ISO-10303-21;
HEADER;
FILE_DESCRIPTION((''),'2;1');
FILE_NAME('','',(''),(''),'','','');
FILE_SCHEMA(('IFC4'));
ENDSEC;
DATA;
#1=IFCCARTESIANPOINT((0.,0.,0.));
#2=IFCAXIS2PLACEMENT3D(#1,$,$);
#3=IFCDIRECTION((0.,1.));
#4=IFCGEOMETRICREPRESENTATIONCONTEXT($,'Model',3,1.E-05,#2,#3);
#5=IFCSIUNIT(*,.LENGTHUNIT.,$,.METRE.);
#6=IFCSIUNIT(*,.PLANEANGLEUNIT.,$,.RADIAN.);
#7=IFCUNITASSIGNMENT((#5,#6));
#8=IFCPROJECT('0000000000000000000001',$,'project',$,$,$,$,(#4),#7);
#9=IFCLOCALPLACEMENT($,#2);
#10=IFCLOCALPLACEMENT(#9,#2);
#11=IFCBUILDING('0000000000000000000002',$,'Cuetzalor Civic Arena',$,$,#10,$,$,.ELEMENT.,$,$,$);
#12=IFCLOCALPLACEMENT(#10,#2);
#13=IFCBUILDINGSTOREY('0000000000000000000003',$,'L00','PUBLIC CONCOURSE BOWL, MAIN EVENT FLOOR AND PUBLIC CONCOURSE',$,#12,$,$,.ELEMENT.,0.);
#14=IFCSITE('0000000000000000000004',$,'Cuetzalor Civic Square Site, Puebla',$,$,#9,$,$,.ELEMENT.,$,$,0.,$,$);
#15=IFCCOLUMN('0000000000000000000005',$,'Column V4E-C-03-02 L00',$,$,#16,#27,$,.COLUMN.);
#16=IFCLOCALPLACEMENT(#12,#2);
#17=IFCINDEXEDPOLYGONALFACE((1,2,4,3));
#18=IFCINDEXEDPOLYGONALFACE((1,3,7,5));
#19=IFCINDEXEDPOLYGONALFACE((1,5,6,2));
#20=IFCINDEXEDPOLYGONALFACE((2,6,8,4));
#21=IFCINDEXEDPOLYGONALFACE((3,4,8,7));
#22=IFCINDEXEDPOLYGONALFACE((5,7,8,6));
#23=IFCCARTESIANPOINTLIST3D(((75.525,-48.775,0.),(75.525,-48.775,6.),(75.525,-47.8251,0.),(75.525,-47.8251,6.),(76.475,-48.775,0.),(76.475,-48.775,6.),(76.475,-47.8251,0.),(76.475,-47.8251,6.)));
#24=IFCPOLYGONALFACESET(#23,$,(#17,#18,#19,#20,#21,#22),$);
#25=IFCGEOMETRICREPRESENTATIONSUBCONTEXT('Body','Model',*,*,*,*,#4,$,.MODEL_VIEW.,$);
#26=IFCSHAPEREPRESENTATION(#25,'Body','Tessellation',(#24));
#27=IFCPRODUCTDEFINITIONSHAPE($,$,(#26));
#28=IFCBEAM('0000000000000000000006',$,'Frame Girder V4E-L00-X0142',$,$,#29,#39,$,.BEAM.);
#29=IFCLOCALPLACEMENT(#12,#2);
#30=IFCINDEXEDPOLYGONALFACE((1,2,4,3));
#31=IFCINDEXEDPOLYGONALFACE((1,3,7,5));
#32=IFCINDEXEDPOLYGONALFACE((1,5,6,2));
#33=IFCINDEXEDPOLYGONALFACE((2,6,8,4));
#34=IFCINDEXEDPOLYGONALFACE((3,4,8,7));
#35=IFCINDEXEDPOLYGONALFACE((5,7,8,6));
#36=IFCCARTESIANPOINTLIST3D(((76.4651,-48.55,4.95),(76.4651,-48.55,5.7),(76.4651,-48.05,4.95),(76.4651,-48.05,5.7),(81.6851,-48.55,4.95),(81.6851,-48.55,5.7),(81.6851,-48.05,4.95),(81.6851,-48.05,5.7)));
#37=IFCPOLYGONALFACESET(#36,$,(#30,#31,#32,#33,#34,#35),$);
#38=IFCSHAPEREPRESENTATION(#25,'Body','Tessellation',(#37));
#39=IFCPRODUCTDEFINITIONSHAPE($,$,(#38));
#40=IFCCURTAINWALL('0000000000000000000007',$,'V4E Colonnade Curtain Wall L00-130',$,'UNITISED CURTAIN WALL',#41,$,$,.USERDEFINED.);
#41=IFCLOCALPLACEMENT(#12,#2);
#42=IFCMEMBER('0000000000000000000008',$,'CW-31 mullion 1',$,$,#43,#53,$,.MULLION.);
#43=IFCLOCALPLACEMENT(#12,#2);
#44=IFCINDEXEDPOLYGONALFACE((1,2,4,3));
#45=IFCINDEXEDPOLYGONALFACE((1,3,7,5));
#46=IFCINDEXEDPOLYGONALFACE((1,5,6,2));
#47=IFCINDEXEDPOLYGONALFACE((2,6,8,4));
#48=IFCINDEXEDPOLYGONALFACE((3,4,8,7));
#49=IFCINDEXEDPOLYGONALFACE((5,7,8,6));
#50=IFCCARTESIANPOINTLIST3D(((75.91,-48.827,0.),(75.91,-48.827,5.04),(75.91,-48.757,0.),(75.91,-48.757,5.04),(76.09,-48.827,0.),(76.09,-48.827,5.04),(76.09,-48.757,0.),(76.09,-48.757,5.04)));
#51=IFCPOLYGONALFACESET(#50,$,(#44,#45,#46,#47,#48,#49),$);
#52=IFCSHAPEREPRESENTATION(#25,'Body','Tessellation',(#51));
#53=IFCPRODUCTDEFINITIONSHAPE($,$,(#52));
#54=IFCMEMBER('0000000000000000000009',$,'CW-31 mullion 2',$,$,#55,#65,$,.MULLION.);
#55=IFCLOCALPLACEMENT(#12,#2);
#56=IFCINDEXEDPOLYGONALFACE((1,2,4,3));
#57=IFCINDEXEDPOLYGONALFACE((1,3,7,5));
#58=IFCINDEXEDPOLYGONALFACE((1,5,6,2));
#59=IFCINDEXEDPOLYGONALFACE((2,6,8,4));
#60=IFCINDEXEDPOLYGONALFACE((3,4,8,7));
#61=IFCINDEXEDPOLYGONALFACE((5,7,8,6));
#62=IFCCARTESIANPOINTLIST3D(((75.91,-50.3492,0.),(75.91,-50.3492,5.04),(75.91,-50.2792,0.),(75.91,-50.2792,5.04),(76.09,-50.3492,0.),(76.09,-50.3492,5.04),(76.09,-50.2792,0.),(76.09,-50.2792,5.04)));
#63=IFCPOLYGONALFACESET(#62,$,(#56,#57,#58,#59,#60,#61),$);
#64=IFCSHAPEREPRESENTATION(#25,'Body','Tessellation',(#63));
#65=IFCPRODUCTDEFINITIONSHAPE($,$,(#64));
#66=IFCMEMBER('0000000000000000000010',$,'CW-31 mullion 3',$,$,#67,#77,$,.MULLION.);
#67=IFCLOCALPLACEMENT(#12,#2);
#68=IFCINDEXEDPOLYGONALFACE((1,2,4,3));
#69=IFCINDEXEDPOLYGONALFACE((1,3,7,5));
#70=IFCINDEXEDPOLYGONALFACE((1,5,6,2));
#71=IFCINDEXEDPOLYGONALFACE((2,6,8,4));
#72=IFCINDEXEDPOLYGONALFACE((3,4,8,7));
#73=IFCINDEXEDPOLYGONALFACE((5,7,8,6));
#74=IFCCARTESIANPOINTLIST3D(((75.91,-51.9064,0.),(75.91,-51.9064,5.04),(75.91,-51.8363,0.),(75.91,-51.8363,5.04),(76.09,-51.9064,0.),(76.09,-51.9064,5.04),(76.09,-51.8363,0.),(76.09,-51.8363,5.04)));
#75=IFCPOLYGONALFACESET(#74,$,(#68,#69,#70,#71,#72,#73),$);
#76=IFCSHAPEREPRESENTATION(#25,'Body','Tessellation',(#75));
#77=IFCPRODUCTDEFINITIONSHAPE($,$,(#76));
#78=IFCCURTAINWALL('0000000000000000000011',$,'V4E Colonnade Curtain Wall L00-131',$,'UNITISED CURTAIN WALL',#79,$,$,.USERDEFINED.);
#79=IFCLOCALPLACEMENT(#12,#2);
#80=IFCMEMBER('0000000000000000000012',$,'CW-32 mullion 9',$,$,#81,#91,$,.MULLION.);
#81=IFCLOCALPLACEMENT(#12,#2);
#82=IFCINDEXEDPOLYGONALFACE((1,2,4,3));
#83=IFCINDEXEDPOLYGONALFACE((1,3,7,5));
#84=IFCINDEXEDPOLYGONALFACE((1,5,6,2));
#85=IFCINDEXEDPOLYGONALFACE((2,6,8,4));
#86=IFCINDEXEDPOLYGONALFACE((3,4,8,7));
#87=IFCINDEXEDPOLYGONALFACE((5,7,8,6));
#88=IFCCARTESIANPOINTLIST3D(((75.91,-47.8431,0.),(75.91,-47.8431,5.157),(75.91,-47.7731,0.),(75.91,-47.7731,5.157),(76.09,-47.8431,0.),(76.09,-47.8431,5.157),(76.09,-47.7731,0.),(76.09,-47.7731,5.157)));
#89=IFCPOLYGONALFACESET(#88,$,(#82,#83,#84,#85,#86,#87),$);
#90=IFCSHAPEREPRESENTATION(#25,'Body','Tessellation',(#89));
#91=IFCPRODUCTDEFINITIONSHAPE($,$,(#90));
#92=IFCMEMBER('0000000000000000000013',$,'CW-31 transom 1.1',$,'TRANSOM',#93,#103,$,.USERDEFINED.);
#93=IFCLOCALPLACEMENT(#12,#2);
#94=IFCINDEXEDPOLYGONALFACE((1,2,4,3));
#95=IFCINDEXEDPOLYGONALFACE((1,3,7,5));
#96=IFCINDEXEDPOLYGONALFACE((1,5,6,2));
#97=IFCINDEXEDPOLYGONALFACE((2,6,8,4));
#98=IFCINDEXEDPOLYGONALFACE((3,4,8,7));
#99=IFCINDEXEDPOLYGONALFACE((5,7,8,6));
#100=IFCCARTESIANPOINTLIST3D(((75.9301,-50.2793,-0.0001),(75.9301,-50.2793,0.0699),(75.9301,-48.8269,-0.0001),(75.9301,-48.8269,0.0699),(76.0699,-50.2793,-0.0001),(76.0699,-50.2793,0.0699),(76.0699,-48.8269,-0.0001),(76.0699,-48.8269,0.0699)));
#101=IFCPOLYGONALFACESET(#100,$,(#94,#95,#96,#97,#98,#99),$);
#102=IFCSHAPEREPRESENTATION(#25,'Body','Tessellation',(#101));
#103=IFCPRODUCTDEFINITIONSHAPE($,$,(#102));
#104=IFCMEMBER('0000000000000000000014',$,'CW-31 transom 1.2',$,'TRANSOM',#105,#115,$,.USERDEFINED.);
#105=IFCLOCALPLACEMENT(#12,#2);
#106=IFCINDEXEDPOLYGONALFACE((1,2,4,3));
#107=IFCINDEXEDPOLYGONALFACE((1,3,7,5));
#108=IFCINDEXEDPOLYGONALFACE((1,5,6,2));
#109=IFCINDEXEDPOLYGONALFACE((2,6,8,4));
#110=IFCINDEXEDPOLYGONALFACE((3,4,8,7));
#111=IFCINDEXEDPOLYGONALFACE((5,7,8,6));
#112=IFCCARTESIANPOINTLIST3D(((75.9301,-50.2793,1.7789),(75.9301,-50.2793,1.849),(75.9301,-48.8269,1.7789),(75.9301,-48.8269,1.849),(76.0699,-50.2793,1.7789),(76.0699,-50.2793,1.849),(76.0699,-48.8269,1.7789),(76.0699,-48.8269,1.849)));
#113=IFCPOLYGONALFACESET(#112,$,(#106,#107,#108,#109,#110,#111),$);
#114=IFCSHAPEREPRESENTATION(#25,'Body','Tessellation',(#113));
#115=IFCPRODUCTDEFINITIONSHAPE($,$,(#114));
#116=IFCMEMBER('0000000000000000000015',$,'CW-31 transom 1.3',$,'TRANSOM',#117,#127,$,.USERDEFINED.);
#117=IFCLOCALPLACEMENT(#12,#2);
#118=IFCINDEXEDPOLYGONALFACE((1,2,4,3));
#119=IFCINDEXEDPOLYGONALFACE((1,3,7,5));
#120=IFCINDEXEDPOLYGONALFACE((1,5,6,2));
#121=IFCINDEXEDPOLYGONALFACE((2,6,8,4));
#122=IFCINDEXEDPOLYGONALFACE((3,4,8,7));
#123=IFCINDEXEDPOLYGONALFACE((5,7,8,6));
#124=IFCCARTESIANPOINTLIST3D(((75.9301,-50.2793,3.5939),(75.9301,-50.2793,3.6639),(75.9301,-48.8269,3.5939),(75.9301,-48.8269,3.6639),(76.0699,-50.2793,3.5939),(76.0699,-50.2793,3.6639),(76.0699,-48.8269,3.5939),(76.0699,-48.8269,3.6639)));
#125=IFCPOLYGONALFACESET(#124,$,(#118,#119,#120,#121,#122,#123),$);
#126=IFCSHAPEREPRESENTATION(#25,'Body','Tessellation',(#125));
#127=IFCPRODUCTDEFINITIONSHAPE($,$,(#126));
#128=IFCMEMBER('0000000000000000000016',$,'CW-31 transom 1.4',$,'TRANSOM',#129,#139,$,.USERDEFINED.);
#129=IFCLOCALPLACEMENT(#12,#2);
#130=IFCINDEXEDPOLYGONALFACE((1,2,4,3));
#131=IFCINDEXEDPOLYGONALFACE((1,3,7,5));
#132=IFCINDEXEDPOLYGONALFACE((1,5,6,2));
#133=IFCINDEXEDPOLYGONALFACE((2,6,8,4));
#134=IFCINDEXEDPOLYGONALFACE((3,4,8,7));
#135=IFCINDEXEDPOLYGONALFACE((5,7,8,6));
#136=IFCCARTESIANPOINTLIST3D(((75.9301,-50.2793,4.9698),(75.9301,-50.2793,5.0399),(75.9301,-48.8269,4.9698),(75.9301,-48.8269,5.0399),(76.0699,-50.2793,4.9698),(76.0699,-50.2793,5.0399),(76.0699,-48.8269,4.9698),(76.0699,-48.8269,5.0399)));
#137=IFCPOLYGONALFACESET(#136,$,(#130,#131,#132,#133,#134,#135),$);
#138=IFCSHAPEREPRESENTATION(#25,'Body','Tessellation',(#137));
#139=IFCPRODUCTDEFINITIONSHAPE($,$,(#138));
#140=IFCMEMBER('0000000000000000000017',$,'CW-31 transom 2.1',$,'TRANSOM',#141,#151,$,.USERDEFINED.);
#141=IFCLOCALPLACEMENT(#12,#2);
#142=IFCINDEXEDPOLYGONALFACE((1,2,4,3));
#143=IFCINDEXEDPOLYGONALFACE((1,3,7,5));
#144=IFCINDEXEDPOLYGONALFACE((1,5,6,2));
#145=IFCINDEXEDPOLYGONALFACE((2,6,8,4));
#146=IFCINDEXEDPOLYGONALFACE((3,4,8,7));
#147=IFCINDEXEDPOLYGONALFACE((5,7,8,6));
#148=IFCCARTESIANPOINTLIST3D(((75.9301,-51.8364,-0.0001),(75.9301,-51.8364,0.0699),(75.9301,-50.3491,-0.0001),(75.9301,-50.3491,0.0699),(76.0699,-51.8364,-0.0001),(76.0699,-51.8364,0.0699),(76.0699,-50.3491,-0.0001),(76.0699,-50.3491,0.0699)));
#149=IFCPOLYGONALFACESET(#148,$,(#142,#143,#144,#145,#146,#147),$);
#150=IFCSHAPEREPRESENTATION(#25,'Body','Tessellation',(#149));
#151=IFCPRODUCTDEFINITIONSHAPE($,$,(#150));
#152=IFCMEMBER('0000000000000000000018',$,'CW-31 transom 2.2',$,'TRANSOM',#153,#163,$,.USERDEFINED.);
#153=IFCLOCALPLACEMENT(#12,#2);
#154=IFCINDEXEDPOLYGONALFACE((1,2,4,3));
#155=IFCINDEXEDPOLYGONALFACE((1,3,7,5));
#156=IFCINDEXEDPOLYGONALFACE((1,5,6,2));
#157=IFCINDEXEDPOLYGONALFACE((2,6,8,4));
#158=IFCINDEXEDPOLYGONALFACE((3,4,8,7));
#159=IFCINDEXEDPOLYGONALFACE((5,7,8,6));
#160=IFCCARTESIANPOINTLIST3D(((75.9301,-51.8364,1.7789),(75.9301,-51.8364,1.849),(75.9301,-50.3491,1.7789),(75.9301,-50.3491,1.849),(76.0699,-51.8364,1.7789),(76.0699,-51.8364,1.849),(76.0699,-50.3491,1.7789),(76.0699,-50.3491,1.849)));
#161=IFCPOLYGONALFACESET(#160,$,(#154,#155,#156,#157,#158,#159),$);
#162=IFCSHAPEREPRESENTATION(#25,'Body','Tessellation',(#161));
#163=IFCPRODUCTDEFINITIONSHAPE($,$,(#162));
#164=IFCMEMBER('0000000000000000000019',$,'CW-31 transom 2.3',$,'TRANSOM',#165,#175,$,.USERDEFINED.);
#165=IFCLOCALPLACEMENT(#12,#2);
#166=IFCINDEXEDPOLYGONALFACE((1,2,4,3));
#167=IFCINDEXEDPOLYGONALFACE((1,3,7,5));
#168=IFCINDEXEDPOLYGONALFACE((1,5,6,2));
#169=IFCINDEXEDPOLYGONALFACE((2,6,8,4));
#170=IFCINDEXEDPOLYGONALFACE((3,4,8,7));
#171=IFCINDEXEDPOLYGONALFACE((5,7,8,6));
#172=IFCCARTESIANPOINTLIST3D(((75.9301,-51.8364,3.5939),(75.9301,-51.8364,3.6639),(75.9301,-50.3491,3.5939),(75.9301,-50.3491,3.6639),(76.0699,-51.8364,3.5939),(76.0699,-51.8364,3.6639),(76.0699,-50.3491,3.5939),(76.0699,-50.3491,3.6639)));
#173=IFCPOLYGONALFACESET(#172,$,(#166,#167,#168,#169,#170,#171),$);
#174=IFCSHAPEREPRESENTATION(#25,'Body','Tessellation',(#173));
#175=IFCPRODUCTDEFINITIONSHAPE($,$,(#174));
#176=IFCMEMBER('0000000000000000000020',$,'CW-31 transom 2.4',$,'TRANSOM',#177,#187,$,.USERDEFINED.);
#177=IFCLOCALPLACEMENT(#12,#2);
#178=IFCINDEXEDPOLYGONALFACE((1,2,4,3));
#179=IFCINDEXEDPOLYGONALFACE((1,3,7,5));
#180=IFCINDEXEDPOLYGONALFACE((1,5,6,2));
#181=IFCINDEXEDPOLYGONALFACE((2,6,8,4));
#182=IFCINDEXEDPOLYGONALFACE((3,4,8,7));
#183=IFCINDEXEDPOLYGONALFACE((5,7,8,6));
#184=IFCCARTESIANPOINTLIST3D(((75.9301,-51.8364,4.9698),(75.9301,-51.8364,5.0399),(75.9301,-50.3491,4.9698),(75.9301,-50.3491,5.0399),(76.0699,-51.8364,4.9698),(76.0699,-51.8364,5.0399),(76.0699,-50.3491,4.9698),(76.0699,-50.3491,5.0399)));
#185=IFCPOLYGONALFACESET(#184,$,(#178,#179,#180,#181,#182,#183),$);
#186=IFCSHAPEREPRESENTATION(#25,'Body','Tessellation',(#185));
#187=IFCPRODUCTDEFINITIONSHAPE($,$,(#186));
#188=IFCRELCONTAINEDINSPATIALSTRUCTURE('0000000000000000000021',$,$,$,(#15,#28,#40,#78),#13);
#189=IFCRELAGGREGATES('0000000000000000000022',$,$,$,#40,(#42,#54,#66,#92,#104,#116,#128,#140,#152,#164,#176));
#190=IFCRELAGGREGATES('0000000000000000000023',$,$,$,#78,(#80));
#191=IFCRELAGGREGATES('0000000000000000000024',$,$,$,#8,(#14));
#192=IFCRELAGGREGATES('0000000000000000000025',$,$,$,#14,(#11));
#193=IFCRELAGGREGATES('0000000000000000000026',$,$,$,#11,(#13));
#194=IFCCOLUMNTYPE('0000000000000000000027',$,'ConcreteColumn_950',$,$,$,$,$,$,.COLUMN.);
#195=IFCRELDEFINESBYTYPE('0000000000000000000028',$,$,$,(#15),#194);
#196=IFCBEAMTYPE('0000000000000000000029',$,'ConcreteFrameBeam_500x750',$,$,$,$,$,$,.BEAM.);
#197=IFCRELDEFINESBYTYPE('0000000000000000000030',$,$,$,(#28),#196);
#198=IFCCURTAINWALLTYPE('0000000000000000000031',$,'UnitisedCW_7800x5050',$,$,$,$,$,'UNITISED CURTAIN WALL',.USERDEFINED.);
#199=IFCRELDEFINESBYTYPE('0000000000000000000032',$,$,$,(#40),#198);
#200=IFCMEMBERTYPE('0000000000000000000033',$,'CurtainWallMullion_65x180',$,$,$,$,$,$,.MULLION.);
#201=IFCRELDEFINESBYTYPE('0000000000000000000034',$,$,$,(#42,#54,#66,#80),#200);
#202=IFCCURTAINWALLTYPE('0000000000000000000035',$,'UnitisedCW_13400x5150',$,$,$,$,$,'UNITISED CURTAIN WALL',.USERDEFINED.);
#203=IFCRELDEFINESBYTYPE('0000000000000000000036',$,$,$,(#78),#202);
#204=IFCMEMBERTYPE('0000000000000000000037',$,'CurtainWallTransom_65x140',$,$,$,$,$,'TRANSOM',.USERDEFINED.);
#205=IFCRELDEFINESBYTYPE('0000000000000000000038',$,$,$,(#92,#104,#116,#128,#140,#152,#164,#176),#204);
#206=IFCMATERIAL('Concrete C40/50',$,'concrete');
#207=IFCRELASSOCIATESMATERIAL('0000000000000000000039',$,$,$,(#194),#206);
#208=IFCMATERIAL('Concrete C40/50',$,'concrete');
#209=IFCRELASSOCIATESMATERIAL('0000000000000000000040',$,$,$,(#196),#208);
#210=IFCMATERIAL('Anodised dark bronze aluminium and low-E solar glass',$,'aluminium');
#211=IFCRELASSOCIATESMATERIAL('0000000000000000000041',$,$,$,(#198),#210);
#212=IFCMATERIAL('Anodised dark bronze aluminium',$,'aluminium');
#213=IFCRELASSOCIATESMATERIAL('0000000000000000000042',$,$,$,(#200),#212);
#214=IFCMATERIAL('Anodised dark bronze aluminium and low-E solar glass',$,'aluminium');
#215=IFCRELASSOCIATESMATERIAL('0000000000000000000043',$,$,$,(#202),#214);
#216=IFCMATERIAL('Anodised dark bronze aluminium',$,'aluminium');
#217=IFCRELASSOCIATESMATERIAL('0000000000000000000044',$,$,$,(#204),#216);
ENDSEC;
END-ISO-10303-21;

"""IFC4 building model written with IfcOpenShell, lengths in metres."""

from ifc_helpers import new_model, si_unit, direction, frame, origin, origin_2d, place, context, subcontext, project, spatial, rectangle, extrude, material, material_profile, profile_set, type_object, element, aggregate, save


model = new_model("IFC4")

# Units and contexts
model_context = context("Model", 3, precision=1e-05, world=origin(), true_north=direction((0.0, 1.0)))
body_context = subcontext(model_context, "Body", "Model", "MODEL_VIEW")
ifc_project = project(units=[si_unit("LENGTHUNIT", "METRE"), si_unit("PLANEANGLEUNIT", "RADIAN")], contexts=[model_context])

# Site, building, storey
site_placement = place(None, origin())
site = spatial("IfcSite", under=ifc_project, at=site_placement, Name="Cuetzalor Civic Square Site, Puebla", CompositionType="ELEMENT", RefElevation=0.0)
building_placement = place(site_placement, origin())
building = spatial("IfcBuilding", under=site, at=building_placement, Name="Cuetzalor Civic Arena", CompositionType="ELEMENT")
storey_placement = place(building_placement, origin())
storey = spatial("IfcBuildingStorey", under=building, at=storey_placement, Name="L00", Description="PUBLIC CONCOURSE BOWL, MAIN EVENT FLOOR AND PUBLIC CONCOURSE", CompositionType="ELEMENT", Elevation=0.0)

# Column
ifc_material_1 = material(Name="Concrete C40/50", Category="concrete")
ifc_material_profile_1 = material_profile(ifc_material_1, rectangle(XDim=0.95, YDim=0.95, at=origin_2d()), Name="RC 950x950")
ifc_profile_set_1 = profile_set([ifc_material_profile_1], Name="Concrete C40/50")
column_type_1 = type_object("IfcColumnType", Name="ConcreteColumn_950", PredefinedType="COLUMN", material=ifc_profile_set_1)
column_1_placement = place(storey_placement, frame((76.0, -48.3, 0.0), z_axis=(0.0, 0.0, 1.0), x_axis=(1.0, 0.0, 0.0)))
element("IfcColumn", 1, at=column_1_placement, inside=storey, type_object=column_type_1, Name="Column V4E-C-03-02 L00", PredefinedType="COLUMN", context=body_context, shape_type="SweptSolid", body=[
    extrude(rectangle(XDim=0.95, YDim=0.95, at=origin_2d()), origin(), (0.0, 0.0, 1.0), 6.0),
])

# Beam
ifc_material_2 = material(Name="Concrete C40/50", Category="concrete")
ifc_material_profile_2 = material_profile(ifc_material_2, rectangle(XDim=0.5, YDim=0.75, at=origin_2d()), Name="RC 500x750")
ifc_profile_set_2 = profile_set([ifc_material_profile_2], Name="Concrete C40/50")
beam_type_1 = type_object("IfcBeamType", Name="ConcreteFrameBeam_500x750", PredefinedType="BEAM", material=ifc_profile_set_2)
beam_1_placement = place(storey_placement, frame((76.4651, -48.3, 5.325), z_axis=(1.0, 0.0, 0.0), x_axis=(0.0, 1.0, 0.0)))
element("IfcBeam", 2, at=beam_1_placement, inside=storey, type_object=beam_type_1, Name="Frame Girder V4E-L00-X0142", PredefinedType="BEAM", context=body_context, shape_type="SweptSolid", body=[
    extrude(rectangle(XDim=0.5, YDim=0.75, at=origin_2d()), origin(), (0.0, 0.0, 1.0), 5.22),
])

# Curtain wall, members
ifc_material_3 = material(Name="Anodised dark bronze aluminium and low-E solar glass", Category="aluminium")
curtain_wall_type_1 = type_object("IfcCurtainWallType", Name="UnitisedCW_7800x5050", ElementType="UNITISED CURTAIN WALL", PredefinedType="USERDEFINED", material=ifc_material_3)
curtain_wall_1_placement = place(storey_placement, origin())
curtain_wall_1 = element("IfcCurtainWall", 3, at=curtain_wall_1_placement, inside=storey, type_object=curtain_wall_type_1, Name="V4E Colonnade Curtain Wall L00-130", ObjectType="UNITISED CURTAIN WALL", PredefinedType="USERDEFINED")
ifc_material_4 = material(Name="Anodised dark bronze aluminium", Category="aluminium")
ifc_material_profile_3 = material_profile(ifc_material_4, rectangle(XDim=0.0701, YDim=0.1799, at=origin_2d()), Name="ALU MULLION 70x180")
ifc_profile_set_3 = profile_set([ifc_material_profile_3], Name="Anodised dark bronze aluminium")
member_type_1 = type_object("IfcMemberType", Name="CurtainWallMullion_65x180", PredefinedType="MULLION", material=ifc_profile_set_3)
member_1_placement = place(storey_placement, frame((76.0, -48.792, 0.0), z_axis=(0.0, 0.0, 1.0), x_axis=(0.0, -1.0, 0.0)))
member_1 = element("IfcMember", 4, at=member_1_placement, type_object=member_type_1, Name="CW-31 mullion 1", PredefinedType="MULLION", context=body_context, shape_type="SweptSolid", body=[
    extrude(rectangle(XDim=0.0701, YDim=0.1799, at=origin_2d()), origin(), (0.0, 0.0, 1.0), 5.04),
])
member_2_placement = place(storey_placement, frame((76.0, -50.3142, 0.0), z_axis=(0.0, 0.0, 1.0), x_axis=(0.0, -1.0, 0.0)))
member_2 = element("IfcMember", 5, at=member_2_placement, type_object=member_type_1, Name="CW-31 mullion 2", PredefinedType="MULLION", context=body_context, shape_type="SweptSolid", body=[
    extrude(rectangle(XDim=0.0701, YDim=0.1799, at=origin_2d()), origin(), (0.0, 0.0, 1.0), 5.04),
])
member_3_placement = place(storey_placement, frame((76.0, -51.8713, 0.0), z_axis=(0.0, 0.0, 1.0), x_axis=(0.0, -1.0, 0.0)))
member_3 = element("IfcMember", 6, at=member_3_placement, type_object=member_type_1, Name="CW-31 mullion 3", PredefinedType="MULLION", context=body_context, shape_type="SweptSolid", body=[
    extrude(rectangle(XDim=0.0701, YDim=0.1799, at=origin_2d()), origin(), (0.0, 0.0, 1.0), 5.04),
])

# Curtain wall, member
ifc_material_5 = material(Name="Anodised dark bronze aluminium and low-E solar glass", Category="aluminium")
curtain_wall_type_2 = type_object("IfcCurtainWallType", Name="UnitisedCW_13400x5150", ElementType="UNITISED CURTAIN WALL", PredefinedType="USERDEFINED", material=ifc_material_5)
curtain_wall_2_placement = place(storey_placement, origin())
curtain_wall_2 = element("IfcCurtainWall", 7, at=curtain_wall_2_placement, inside=storey, type_object=curtain_wall_type_2, Name="V4E Colonnade Curtain Wall L00-131", ObjectType="UNITISED CURTAIN WALL", PredefinedType="USERDEFINED")
member_4_placement = place(storey_placement, frame((76.0, -47.8081, 0.0), z_axis=(0.0, 0.0, 1.0), x_axis=(0.0, -1.0, 0.0)))
member_4 = element("IfcMember", 8, at=member_4_placement, type_object=member_type_1, Name="CW-32 mullion 9", PredefinedType="MULLION", context=body_context, shape_type="SweptSolid", body=[
    extrude(rectangle(XDim=0.0701, YDim=0.1799, at=origin_2d()), origin(), (0.0, 0.0, 1.0), 5.157),
])

# Members
ifc_material_6 = material(Name="Anodised dark bronze aluminium", Category="aluminium")
ifc_material_profile_4 = material_profile(ifc_material_6, rectangle(XDim=0.1399, YDim=0.0701, at=origin_2d()), Name="ALU TRANSOM 70x140")
ifc_profile_set_4 = profile_set([ifc_material_profile_4], Name="Anodised dark bronze aluminium")
member_type_2 = type_object("IfcMemberType", Name="CurtainWallTransom_65x140", ElementType="TRANSOM", PredefinedType="USERDEFINED", material=ifc_profile_set_4)
member_5_placement = place(storey_placement, frame((76.0, -48.8269, 0.0349), z_axis=(0.0, -1.0, 0.0), x_axis=(1.0, 0.0, 0.0)))
member_5 = element("IfcMember", 9, at=member_5_placement, type_object=member_type_2, Name="CW-31 transom 1.1", ObjectType="TRANSOM", PredefinedType="USERDEFINED", context=body_context, shape_type="SweptSolid", body=[
    extrude(rectangle(XDim=0.1399, YDim=0.0701, at=origin_2d()), origin(), (0.0, 0.0, 1.0), 1.4524),
])
member_6_placement = place(storey_placement, frame((76.0, -48.8269, 1.814), z_axis=(0.0, -1.0, 0.0), x_axis=(1.0, 0.0, 0.0)))
member_6 = element("IfcMember", 10, at=member_6_placement, type_object=member_type_2, Name="CW-31 transom 1.2", ObjectType="TRANSOM", PredefinedType="USERDEFINED", context=body_context, shape_type="SweptSolid", body=[
    extrude(rectangle(XDim=0.1399, YDim=0.0701, at=origin_2d()), origin(), (0.0, 0.0, 1.0), 1.4524),
])
member_7_placement = place(storey_placement, frame((76.0, -48.8269, 3.6289), z_axis=(0.0, -1.0, 0.0), x_axis=(1.0, 0.0, 0.0)))
member_7 = element("IfcMember", 11, at=member_7_placement, type_object=member_type_2, Name="CW-31 transom 1.3", ObjectType="TRANSOM", PredefinedType="USERDEFINED", context=body_context, shape_type="SweptSolid", body=[
    extrude(rectangle(XDim=0.1399, YDim=0.0701, at=origin_2d()), origin(), (0.0, 0.0, 1.0), 1.4524),
])
member_8_placement = place(storey_placement, frame((76.0, -48.8269, 5.0049), z_axis=(0.0, -1.0, 0.0), x_axis=(1.0, 0.0, 0.0)))
member_8 = element("IfcMember", 12, at=member_8_placement, type_object=member_type_2, Name="CW-31 transom 1.4", ObjectType="TRANSOM", PredefinedType="USERDEFINED", context=body_context, shape_type="SweptSolid", body=[
    extrude(rectangle(XDim=0.1399, YDim=0.0701, at=origin_2d()), origin(), (0.0, 0.0, 1.0), 1.4524),
])
member_9_placement = place(storey_placement, frame((76.0, -50.3491, 0.0349), z_axis=(0.0, -1.0, 0.0), x_axis=(1.0, 0.0, 0.0)))
member_9 = element("IfcMember", 13, at=member_9_placement, type_object=member_type_2, Name="CW-31 transom 2.1", ObjectType="TRANSOM", PredefinedType="USERDEFINED", context=body_context, shape_type="SweptSolid", body=[
    extrude(rectangle(XDim=0.1399, YDim=0.0701, at=origin_2d()), origin(), (0.0, 0.0, 1.0), 1.4873),
])
member_10_placement = place(storey_placement, frame((76.0, -50.3491, 1.814), z_axis=(0.0, -1.0, 0.0), x_axis=(1.0, 0.0, 0.0)))
member_10 = element("IfcMember", 14, at=member_10_placement, type_object=member_type_2, Name="CW-31 transom 2.2", ObjectType="TRANSOM", PredefinedType="USERDEFINED", context=body_context, shape_type="SweptSolid", body=[
    extrude(rectangle(XDim=0.1399, YDim=0.0701, at=origin_2d()), origin(), (0.0, 0.0, 1.0), 1.4873),
])
member_11_placement = place(storey_placement, frame((76.0, -50.3491, 3.6289), z_axis=(0.0, -1.0, 0.0), x_axis=(1.0, 0.0, 0.0)))
member_11 = element("IfcMember", 15, at=member_11_placement, type_object=member_type_2, Name="CW-31 transom 2.3", ObjectType="TRANSOM", PredefinedType="USERDEFINED", context=body_context, shape_type="SweptSolid", body=[
    extrude(rectangle(XDim=0.1399, YDim=0.0701, at=origin_2d()), origin(), (0.0, 0.0, 1.0), 1.4873),
])
member_12_placement = place(storey_placement, frame((76.0, -50.3491, 5.0049), z_axis=(0.0, -1.0, 0.0), x_axis=(1.0, 0.0, 0.0)))
member_12 = element("IfcMember", 16, at=member_12_placement, type_object=member_type_2, Name="CW-31 transom 2.4", ObjectType="TRANSOM", PredefinedType="USERDEFINED", context=body_context, shape_type="SweptSolid", body=[
    extrude(rectangle(XDim=0.1399, YDim=0.0701, at=origin_2d()), origin(), (0.0, 0.0, 1.0), 1.4873),
])

aggregate(curtain_wall_1, [member_1, member_2, member_3, member_5, member_6, member_7, member_8, member_9, member_10, member_11, member_12])
aggregate(curtain_wall_2, [member_4])

save(model, "model.ifc")
